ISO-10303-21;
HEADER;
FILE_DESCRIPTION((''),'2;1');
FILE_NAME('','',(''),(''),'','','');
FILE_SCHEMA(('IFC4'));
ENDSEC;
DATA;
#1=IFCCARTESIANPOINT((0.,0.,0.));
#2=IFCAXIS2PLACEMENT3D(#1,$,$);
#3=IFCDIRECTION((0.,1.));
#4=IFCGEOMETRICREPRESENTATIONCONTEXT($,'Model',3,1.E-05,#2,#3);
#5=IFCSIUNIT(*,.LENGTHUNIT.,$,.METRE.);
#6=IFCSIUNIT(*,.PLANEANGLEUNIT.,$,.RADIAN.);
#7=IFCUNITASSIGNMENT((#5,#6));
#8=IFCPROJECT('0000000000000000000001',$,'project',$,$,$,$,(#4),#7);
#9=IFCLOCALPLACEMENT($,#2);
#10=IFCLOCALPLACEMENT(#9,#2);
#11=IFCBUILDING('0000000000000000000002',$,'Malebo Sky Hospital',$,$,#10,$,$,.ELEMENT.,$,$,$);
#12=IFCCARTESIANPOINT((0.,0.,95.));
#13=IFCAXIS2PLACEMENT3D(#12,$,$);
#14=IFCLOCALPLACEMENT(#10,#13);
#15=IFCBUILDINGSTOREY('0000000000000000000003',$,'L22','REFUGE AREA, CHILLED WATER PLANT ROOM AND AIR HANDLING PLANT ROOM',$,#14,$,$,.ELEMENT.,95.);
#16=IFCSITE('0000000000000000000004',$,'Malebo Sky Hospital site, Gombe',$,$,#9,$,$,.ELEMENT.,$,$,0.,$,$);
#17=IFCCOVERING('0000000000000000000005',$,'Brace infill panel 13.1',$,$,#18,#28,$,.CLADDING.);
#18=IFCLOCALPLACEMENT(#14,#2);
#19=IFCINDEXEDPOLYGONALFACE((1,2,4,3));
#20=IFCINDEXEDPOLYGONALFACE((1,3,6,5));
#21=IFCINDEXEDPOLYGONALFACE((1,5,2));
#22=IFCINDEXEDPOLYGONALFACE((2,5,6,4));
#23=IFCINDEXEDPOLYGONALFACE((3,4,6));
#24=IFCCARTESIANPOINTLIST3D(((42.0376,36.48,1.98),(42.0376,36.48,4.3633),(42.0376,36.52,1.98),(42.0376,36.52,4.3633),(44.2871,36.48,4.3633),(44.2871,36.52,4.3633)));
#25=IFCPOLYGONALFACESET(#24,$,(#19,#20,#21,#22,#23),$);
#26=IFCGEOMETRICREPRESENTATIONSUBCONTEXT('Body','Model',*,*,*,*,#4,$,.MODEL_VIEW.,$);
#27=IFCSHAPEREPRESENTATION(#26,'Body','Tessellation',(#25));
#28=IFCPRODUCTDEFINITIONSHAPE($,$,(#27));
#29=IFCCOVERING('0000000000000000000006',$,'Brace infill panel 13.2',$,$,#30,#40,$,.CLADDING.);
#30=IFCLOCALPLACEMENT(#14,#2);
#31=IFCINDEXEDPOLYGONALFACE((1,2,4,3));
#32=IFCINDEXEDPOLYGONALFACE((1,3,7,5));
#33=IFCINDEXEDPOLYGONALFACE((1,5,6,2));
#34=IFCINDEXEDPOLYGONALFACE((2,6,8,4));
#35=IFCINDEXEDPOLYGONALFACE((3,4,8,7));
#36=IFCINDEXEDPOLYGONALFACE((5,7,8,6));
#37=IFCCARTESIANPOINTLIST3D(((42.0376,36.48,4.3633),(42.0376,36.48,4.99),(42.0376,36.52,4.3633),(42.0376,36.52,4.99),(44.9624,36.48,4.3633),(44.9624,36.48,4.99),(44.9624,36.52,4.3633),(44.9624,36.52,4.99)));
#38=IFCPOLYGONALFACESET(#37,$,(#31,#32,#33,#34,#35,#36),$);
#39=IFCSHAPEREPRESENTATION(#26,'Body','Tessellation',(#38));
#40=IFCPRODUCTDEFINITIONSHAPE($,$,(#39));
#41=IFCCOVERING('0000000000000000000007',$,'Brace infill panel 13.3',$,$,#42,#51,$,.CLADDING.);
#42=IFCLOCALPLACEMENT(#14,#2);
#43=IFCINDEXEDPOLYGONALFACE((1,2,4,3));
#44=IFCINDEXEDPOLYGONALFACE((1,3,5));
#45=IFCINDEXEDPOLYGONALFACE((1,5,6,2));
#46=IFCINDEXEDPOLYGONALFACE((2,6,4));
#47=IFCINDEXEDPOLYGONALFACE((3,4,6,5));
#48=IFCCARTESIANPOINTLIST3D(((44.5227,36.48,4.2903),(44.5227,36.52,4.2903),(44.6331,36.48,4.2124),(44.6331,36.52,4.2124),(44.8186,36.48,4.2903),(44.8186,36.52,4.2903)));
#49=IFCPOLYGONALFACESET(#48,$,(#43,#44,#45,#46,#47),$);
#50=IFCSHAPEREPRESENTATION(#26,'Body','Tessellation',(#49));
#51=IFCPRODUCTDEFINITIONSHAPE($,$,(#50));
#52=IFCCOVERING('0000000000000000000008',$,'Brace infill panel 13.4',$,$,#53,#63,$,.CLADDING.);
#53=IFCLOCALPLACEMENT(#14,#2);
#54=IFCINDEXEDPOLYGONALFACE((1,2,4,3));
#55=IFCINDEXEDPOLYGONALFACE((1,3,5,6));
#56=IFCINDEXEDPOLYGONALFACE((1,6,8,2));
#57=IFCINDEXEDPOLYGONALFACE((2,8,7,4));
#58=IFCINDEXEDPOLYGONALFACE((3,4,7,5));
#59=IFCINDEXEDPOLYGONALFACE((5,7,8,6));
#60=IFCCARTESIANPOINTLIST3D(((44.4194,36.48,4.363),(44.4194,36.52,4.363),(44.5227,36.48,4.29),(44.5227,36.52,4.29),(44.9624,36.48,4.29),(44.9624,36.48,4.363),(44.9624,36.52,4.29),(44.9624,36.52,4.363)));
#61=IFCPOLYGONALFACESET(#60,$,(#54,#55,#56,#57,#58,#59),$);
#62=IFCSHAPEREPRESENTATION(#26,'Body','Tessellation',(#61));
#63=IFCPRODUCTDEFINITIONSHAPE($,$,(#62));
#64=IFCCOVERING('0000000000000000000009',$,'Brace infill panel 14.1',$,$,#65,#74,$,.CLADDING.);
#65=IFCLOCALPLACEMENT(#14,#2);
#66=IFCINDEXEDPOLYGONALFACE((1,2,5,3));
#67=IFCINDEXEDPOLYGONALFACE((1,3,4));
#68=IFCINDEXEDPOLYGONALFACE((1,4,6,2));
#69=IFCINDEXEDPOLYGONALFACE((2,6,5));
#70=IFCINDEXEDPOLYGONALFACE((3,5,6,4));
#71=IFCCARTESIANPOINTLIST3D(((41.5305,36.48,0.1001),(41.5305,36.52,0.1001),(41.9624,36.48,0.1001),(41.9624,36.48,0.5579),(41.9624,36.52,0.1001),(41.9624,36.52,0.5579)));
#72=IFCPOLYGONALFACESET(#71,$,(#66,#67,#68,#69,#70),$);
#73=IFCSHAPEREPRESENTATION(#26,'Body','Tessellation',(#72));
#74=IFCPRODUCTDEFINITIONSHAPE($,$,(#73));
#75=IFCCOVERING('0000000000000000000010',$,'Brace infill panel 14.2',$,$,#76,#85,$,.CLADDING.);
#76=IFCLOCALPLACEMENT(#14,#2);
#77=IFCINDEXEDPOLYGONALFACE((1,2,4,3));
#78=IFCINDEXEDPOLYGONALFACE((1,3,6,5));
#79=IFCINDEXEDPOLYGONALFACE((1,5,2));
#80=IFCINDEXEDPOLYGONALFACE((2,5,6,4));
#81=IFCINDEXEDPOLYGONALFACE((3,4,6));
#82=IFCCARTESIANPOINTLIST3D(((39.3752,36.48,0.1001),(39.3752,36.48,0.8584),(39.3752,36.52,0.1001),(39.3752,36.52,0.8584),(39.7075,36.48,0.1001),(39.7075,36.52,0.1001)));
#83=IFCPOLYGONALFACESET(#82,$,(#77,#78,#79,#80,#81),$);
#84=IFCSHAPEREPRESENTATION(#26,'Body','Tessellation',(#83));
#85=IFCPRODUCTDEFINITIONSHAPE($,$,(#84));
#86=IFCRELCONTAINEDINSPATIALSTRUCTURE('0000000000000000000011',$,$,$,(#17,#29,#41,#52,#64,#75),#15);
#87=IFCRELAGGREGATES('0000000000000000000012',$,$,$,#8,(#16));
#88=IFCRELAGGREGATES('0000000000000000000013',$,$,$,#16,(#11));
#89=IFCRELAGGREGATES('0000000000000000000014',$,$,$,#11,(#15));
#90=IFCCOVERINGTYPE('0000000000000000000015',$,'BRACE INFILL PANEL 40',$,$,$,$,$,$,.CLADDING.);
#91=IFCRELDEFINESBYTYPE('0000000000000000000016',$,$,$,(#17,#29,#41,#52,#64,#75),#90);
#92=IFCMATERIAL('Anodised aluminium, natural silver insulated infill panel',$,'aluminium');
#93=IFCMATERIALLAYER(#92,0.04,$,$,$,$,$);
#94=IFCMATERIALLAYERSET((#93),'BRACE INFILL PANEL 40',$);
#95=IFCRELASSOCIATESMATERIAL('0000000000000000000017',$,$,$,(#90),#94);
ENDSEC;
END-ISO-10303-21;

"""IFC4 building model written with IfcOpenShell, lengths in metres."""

from ifc_helpers import new_model, si_unit, direction, frame, origin, place, context, subcontext, project, spatial, polyline, outline, extrude, material, layer, layer_set, type_object, element, save


model = new_model("IFC4")

# Units and contexts
model_context = context("Model", 3, precision=1e-05, world=origin(), true_north=direction((0.0, 1.0)))
body_context = subcontext(model_context, "Body", "Model", "MODEL_VIEW")
ifc_project = project(units=[si_unit("LENGTHUNIT", "METRE"), si_unit("PLANEANGLEUNIT", "RADIAN")], contexts=[model_context])

# Site, building, storey
site_placement = place(None, origin())
site = spatial("IfcSite", under=ifc_project, at=site_placement, Name="Malebo Sky Hospital site, Gombe", CompositionType="ELEMENT", RefElevation=0.0)
building_placement = place(site_placement, origin())
building = spatial("IfcBuilding", under=site, at=building_placement, Name="Malebo Sky Hospital", CompositionType="ELEMENT")
storey_placement = place(building_placement, frame((0.0, 0.0, 95.0)))
storey = spatial("IfcBuildingStorey", under=building, at=storey_placement, Name="L22", Description="REFUGE AREA, CHILLED WATER PLANT ROOM AND AIR HANDLING PLANT ROOM", CompositionType="ELEMENT", Elevation=95.0)

# Coverings
ifc_material_1 = material(Name="Anodised aluminium, natural silver insulated infill panel", Category="aluminium")
ifc_layer_1 = layer(ifc_material_1, 0.04)
ifc_layer_set_1 = layer_set([ifc_layer_1], Name="BRACE INFILL PANEL 40")
covering_type = type_object("IfcCoveringType", Name="BRACE INFILL PANEL 40", PredefinedType="CLADDING", material=ifc_layer_set_1)
covering_1_placement = place(storey_placement, frame((43.1624, 36.5, 1.98), z_axis=(0.0, 0.0, 1.0), x_axis=(-1.0, 0.0, 0.0)))
element("IfcCovering", 1, at=covering_1_placement, inside=storey, type_object=covering_type, Name="Brace infill panel 13.1", PredefinedType="CLADDING", context=body_context, shape_type="SweptSolid", body=[
    extrude(outline(polyline([(1.1248, 0.0), (1.1248, 2.3833), (-1.1248, 2.3833), (1.1248, 0.0)])), frame((0.0, 0.02, 0.0), z_axis=(0.0, -1.0, 0.0), x_axis=(1.0, 0.0, 0.0)), (0.0, 0.0, 1.0), 0.04),
])
covering_2_placement = place(storey_placement, frame((43.5, 36.5, 4.3633), z_axis=(0.0, 0.0, 1.0), x_axis=(-1.0, 0.0, 0.0)))
element("IfcCovering", 2, at=covering_2_placement, inside=storey, type_object=covering_type, Name="Brace infill panel 13.2", PredefinedType="CLADDING", context=body_context, shape_type="SweptSolid", body=[
    extrude(outline(polyline([(-1.4624, 0.0), (1.4624, 0.0), (1.4624, 0.6267), (-1.4624, 0.6267), (-1.4624, 0.0)])), frame((0.0, 0.02, 0.0), z_axis=(0.0, -1.0, 0.0), x_axis=(1.0, 0.0, 0.0)), (0.0, 0.0, 1.0), 0.04),
])
covering_3_placement = place(storey_placement, frame((44.6707, 36.5, 4.2124), z_axis=(0.0, 0.0, 1.0), x_axis=(-1.0, 0.0, 0.0)))
element("IfcCovering", 3, at=covering_3_placement, inside=storey, type_object=covering_type, Name="Brace infill panel 13.3", PredefinedType="CLADDING", context=body_context, shape_type="SweptSolid", body=[
    extrude(outline(polyline([(0.0376, 0.0), (0.1479, 0.0779), (-0.1479, 0.0779), (0.0376, 0.0)])), frame((0.0, 0.02, 0.0), z_axis=(0.0, -1.0, 0.0), x_axis=(1.0, 0.0, 0.0)), (0.0, 0.0, 1.0), 0.04),
])
covering_4_placement = place(storey_placement, frame((44.6909, 36.5, 4.29), z_axis=(0.0, 0.0, 1.0), x_axis=(-1.0, 0.0, 0.0)))
element("IfcCovering", 4, at=covering_4_placement, inside=storey, type_object=covering_type, Name="Brace infill panel 13.4", PredefinedType="CLADDING", context=body_context, shape_type="SweptSolid", body=[
    extrude(outline(polyline([(-0.2715, 0.0), (0.1682, 0.0), (0.2715, 0.073), (-0.2715, 0.073), (-0.2715, 0.0)])), frame((0.0, 0.02, 0.0), z_axis=(0.0, -1.0, 0.0), x_axis=(1.0, 0.0, 0.0)), (0.0, 0.0, 1.0), 0.04),
])
covering_5_placement = place(storey_placement, frame((41.7463, 36.5, 0.1001), z_axis=(0.0, 0.0, 1.0), x_axis=(-1.0, 0.0, 0.0)))
element("IfcCovering", 5, at=covering_5_placement, inside=storey, type_object=covering_type, Name="Brace infill panel 14.1", PredefinedType="CLADDING", context=body_context, shape_type="SweptSolid", body=[
    extrude(outline(polyline([(-0.2161, 0.0), (0.2158, 0.0), (-0.2161, 0.4578), (-0.2161, 0.0)])), frame((0.0, 0.02, 0.0), z_axis=(0.0, -1.0, 0.0), x_axis=(1.0, 0.0, 0.0)), (0.0, 0.0, 1.0), 0.04),
])
covering_6_placement = place(storey_placement, frame((39.5413, 36.5, 0.1001), z_axis=(0.0, 0.0, 1.0), x_axis=(-1.0, 0.0, 0.0)))
element("IfcCovering", 6, at=covering_6_placement, inside=storey, type_object=covering_type, Name="Brace infill panel 14.2", PredefinedType="CLADDING", context=body_context, shape_type="SweptSolid", body=[
    extrude(outline(polyline([(-0.1663, 0.0), (0.166, 0.0), (0.166, 0.7583), (-0.1663, 0.0)])), frame((0.0, 0.02, 0.0), z_axis=(0.0, -1.0, 0.0), x_axis=(1.0, 0.0, 0.0)), (0.0, 0.0, 1.0), 0.04),
])

save(model, "model.ifc")
